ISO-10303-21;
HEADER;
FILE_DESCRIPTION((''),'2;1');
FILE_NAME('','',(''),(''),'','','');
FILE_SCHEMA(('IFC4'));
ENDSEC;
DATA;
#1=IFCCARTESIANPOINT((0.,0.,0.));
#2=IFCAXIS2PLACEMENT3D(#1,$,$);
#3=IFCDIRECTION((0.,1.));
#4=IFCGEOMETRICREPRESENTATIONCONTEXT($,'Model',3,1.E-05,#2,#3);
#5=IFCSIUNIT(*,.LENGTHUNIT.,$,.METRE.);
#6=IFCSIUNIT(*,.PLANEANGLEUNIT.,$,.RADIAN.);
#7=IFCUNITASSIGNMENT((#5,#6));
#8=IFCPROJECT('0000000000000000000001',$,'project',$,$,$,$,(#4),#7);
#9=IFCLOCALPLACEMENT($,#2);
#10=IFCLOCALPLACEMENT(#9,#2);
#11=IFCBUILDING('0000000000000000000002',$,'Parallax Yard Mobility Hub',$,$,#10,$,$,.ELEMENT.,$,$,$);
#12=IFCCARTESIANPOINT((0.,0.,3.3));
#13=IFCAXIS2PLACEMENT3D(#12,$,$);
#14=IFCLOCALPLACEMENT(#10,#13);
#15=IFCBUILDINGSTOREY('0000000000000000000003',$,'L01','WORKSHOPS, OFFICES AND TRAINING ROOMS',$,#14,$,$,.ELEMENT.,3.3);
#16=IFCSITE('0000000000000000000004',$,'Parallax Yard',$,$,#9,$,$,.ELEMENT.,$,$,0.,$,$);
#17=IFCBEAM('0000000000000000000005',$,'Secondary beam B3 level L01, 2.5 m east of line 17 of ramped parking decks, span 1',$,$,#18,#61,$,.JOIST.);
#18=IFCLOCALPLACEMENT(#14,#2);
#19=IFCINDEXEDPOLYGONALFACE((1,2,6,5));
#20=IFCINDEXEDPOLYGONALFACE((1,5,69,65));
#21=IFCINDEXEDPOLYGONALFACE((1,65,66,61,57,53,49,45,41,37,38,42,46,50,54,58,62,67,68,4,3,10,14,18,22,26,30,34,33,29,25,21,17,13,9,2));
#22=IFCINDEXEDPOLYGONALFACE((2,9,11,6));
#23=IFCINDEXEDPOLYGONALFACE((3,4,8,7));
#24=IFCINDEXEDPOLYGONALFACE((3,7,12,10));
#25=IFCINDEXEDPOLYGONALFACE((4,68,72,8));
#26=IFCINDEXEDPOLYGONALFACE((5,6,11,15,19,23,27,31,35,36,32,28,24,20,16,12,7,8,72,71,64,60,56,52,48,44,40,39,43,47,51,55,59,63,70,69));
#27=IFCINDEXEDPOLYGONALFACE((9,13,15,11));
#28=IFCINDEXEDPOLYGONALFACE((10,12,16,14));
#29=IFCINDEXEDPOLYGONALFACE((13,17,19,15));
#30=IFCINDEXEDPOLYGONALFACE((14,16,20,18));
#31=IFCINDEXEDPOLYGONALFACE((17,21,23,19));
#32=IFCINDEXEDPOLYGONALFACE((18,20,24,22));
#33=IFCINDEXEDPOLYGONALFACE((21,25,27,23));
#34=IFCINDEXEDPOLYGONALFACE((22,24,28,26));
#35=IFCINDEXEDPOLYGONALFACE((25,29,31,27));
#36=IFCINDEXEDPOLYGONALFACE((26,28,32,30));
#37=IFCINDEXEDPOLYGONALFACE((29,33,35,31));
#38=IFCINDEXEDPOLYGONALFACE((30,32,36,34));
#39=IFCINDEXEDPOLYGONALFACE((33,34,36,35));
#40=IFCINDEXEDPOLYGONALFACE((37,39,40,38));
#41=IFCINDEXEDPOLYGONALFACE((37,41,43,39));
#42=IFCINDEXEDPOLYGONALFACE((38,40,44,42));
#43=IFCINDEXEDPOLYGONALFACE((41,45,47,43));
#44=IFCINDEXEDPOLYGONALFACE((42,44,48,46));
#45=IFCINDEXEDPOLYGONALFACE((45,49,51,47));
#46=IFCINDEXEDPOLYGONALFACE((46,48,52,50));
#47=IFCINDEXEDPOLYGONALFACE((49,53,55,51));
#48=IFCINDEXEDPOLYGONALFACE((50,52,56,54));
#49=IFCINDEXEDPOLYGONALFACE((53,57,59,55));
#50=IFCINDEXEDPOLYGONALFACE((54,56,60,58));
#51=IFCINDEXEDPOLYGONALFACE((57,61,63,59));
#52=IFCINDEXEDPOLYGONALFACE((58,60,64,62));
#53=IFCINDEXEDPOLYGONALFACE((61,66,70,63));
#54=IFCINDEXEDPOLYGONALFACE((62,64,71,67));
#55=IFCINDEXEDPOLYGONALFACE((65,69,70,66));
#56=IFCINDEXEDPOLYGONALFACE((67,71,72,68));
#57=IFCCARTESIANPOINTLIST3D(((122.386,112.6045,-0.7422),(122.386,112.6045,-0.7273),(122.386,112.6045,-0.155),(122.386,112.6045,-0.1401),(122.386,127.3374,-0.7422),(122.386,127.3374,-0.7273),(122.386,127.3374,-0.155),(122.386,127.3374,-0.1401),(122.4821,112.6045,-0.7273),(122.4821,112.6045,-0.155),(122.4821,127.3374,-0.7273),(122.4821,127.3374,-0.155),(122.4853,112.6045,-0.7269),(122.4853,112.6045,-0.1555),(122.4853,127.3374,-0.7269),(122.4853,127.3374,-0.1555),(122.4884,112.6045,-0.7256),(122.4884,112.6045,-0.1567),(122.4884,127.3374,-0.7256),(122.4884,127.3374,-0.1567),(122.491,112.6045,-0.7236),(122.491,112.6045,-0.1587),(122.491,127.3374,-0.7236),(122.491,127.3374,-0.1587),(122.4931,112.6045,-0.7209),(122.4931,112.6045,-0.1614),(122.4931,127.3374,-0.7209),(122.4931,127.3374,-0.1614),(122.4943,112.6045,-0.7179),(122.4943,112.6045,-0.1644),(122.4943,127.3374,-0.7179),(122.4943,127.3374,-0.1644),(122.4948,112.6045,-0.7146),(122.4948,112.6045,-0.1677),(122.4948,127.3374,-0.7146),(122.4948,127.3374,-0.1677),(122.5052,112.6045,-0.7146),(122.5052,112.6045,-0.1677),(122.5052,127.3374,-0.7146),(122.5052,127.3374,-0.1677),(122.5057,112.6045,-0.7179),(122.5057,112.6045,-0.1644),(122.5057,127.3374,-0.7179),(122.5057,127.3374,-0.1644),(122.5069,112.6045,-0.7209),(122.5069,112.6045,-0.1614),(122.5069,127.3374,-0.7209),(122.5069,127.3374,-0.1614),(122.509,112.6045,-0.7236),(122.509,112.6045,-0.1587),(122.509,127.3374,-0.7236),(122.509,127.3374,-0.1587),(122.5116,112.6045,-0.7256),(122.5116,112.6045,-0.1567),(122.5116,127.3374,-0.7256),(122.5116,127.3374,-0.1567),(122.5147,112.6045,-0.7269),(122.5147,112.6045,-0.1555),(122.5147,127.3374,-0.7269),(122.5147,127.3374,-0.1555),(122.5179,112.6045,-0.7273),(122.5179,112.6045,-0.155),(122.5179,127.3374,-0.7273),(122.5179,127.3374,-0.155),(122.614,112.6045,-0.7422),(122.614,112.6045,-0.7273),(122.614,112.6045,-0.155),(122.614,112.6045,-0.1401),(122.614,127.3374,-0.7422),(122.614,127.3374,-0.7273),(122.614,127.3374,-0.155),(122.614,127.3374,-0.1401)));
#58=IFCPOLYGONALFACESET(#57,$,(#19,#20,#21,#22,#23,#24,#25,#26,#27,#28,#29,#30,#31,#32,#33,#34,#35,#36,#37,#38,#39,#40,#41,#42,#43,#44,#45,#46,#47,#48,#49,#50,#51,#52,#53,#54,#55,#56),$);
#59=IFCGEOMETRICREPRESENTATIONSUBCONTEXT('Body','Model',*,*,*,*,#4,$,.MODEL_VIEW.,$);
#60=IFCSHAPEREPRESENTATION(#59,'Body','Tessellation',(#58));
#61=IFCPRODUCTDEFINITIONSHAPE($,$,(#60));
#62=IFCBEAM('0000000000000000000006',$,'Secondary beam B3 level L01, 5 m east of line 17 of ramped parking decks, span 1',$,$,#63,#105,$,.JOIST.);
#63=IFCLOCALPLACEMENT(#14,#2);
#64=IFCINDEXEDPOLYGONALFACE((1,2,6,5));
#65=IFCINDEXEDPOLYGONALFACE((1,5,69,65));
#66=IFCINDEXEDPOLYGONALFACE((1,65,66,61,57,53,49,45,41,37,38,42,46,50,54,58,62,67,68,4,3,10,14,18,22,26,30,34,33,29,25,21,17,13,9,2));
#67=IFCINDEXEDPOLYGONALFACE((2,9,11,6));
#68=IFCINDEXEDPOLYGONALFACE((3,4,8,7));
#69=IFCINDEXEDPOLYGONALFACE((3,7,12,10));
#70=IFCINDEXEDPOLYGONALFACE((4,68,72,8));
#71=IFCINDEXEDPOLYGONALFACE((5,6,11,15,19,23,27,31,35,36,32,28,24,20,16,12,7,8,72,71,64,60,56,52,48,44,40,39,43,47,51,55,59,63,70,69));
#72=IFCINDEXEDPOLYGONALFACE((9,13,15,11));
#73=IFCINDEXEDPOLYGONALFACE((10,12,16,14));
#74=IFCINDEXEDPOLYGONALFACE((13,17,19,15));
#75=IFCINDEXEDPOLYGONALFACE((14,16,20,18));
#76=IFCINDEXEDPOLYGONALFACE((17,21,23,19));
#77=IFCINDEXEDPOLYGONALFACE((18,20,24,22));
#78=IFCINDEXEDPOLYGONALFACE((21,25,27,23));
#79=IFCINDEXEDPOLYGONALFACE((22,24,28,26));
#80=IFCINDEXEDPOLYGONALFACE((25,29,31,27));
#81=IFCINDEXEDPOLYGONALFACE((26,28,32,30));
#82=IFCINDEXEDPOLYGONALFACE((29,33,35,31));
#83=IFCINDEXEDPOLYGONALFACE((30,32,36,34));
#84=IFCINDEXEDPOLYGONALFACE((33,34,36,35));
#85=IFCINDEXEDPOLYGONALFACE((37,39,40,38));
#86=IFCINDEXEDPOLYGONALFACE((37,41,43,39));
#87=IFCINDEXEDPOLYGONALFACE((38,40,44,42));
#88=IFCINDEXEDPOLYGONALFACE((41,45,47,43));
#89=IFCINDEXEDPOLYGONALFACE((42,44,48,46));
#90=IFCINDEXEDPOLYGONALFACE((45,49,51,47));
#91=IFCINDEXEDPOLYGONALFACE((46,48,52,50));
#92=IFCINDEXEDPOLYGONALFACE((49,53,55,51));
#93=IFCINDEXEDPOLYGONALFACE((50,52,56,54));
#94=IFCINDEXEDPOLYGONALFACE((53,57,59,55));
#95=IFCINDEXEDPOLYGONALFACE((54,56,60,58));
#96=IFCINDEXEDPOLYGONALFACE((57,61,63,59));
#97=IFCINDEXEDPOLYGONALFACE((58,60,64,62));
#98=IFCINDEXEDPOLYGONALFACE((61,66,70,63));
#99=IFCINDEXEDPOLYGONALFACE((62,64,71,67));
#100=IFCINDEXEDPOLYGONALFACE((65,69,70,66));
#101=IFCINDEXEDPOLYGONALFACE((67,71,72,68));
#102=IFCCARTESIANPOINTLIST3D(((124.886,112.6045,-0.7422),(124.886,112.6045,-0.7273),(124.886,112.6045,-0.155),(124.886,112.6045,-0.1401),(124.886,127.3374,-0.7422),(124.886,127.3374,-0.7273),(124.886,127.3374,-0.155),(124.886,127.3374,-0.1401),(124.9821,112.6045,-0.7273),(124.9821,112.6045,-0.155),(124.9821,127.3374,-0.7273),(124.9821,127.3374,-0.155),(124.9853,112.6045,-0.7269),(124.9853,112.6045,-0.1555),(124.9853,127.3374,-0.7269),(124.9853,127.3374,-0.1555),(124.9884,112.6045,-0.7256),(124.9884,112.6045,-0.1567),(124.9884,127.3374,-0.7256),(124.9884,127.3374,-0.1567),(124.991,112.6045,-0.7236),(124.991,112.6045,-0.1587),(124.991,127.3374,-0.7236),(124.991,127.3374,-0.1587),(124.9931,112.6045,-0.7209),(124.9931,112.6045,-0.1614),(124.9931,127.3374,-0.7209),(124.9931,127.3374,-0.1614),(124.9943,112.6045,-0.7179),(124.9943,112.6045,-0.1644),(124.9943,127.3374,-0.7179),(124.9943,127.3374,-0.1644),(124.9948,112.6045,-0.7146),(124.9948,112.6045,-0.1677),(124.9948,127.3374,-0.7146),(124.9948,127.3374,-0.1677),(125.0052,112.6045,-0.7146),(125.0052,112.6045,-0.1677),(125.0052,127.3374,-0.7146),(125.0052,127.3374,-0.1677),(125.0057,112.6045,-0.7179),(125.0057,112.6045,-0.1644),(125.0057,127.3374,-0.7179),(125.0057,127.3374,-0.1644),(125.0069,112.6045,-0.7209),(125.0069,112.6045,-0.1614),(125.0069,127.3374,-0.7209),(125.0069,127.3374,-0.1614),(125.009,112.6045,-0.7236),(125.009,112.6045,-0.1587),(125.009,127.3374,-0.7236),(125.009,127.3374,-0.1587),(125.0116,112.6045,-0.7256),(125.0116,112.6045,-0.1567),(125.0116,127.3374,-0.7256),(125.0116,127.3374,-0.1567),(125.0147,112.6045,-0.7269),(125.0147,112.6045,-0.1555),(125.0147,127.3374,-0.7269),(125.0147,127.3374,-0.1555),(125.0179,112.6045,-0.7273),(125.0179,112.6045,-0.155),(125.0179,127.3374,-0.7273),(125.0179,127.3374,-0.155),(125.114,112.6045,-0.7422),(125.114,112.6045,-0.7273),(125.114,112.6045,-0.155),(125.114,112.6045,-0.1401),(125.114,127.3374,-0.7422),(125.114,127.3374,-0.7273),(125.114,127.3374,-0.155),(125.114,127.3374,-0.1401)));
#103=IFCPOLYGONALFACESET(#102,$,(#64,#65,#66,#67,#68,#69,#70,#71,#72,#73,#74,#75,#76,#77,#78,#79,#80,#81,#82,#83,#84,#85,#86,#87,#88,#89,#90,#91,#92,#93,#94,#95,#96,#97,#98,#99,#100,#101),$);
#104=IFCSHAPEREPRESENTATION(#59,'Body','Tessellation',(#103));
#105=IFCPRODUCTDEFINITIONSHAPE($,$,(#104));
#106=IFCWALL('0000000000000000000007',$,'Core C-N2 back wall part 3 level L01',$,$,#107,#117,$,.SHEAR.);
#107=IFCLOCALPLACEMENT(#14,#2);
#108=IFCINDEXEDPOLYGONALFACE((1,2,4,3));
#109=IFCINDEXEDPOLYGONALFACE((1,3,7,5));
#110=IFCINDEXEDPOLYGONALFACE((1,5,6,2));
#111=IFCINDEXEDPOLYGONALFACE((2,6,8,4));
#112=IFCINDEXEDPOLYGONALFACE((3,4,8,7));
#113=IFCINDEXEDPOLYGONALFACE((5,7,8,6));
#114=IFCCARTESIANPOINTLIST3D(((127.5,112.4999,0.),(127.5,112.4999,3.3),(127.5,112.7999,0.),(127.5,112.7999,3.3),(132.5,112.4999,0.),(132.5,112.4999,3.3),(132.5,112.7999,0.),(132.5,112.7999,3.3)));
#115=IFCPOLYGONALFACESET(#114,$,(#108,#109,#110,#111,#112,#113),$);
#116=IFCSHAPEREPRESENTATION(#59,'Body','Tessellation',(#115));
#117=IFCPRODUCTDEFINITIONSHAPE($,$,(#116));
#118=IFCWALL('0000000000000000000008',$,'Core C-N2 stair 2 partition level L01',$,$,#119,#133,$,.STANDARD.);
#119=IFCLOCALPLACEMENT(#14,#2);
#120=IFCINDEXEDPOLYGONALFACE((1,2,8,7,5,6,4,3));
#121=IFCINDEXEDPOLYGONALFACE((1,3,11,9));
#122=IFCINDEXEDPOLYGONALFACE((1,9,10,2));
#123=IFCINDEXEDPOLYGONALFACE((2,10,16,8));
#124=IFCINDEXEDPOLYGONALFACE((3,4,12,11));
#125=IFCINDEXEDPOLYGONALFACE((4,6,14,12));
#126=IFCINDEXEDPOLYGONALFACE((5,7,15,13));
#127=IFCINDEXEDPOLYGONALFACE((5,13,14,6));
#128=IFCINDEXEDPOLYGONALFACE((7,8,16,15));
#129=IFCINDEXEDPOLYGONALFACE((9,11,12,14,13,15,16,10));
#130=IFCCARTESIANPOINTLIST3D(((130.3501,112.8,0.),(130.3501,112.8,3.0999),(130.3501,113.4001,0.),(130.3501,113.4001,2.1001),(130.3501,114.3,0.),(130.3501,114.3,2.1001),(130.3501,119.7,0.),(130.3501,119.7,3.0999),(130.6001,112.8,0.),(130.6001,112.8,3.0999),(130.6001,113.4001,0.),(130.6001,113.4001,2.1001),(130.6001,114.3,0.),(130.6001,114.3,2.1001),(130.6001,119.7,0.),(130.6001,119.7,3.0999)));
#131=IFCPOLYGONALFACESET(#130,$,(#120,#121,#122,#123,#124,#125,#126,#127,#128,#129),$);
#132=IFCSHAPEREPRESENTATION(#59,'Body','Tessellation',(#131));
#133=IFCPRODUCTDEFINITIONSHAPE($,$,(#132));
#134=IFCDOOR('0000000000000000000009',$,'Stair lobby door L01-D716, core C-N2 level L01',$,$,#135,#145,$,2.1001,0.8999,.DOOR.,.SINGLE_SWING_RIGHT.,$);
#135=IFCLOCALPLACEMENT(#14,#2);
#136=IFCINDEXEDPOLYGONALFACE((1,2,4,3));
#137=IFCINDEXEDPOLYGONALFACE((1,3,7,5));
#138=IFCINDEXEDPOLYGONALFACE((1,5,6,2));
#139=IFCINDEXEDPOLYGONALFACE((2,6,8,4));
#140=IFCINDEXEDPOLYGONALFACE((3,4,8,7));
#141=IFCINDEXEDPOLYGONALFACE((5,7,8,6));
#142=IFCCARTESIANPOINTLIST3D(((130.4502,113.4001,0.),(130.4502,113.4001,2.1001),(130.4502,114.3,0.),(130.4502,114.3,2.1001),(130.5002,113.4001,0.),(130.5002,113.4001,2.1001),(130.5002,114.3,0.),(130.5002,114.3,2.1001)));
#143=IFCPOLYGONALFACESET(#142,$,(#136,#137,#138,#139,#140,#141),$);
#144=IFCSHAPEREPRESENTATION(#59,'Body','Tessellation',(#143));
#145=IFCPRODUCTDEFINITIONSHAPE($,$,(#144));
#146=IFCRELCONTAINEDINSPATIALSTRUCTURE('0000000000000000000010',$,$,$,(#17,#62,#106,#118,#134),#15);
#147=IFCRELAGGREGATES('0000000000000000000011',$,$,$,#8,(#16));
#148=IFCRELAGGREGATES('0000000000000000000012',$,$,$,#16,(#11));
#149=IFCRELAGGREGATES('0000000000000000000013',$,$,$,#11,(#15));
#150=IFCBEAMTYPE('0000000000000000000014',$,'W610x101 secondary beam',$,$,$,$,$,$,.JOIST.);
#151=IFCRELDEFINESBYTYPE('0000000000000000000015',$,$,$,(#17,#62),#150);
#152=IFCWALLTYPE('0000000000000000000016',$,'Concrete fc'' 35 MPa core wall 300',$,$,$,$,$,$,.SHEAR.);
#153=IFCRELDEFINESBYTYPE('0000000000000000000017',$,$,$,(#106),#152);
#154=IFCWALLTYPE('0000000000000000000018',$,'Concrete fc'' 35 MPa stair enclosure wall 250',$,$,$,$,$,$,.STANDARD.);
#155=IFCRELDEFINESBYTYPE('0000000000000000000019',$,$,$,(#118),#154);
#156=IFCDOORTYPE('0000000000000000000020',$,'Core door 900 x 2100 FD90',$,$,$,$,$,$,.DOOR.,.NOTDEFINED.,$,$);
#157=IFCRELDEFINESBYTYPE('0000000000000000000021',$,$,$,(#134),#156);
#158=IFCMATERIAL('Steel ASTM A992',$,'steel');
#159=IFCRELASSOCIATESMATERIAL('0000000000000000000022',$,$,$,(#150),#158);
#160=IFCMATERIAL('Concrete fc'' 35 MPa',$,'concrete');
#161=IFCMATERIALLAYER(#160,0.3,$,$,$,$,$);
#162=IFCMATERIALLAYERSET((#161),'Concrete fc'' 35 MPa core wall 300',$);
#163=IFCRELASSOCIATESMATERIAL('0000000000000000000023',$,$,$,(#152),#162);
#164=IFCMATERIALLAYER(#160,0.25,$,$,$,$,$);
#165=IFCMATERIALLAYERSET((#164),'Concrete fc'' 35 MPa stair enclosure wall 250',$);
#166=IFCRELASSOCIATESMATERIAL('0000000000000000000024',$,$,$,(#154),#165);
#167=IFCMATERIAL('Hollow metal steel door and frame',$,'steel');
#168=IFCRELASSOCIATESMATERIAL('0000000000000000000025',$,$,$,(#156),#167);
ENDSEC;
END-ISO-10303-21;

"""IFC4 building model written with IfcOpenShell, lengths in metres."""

from ifc_helpers import new_model, si_unit, direction, frame, frame_2d, origin, origin_2d, place, context, subcontext, project, spatial, rectangle, i_section, extrude, material, layer, layer_set, material_profile, profile_set, type_object, element, fill, save


model = new_model("IFC4")

# Units and contexts
model_context = context("Model", 3, precision=1e-05, world=origin(), true_north=direction((0.0, 1.0)))
body_context = subcontext(model_context, "Body", "Model", "MODEL_VIEW")
ifc_project = project(units=[si_unit("LENGTHUNIT", "METRE"), si_unit("PLANEANGLEUNIT", "RADIAN")], contexts=[model_context])

# Site, building, storey
site_placement = place(None, origin())
site = spatial("IfcSite", under=ifc_project, at=site_placement, Name="Parallax Yard", CompositionType="ELEMENT", RefElevation=0.0)
building_placement = place(site_placement, origin())
building = spatial("IfcBuilding", under=site, at=building_placement, Name="Parallax Yard Mobility Hub", CompositionType="ELEMENT")
storey_placement = place(building_placement, frame((0.0, 0.0, 3.3)))
storey = spatial("IfcBuildingStorey", under=building, at=storey_placement, Name="L01", Description="WORKSHOPS, OFFICES AND TRAINING ROOMS", CompositionType="ELEMENT", Elevation=3.3)

# Beams
ifc_material_1 = material(Name="Steel ASTM A992", Category="steel")
ifc_material_profile_1 = material_profile(ifc_material_1, i_section(OverallWidth=0.228, OverallDepth=0.6021, WebThickness=0.0105, FlangeThickness=0.0149, FilletRadius=0.0127, at=origin_2d()), Name="W610x101")
ifc_profile_set_1 = profile_set([ifc_material_profile_1], Name="Steel ASTM A992")
beam_type = type_object("IfcBeamType", Name="W610x101 secondary beam", PredefinedType="JOIST", material=ifc_profile_set_1)
for number, where, z_axis, x_axis, name in (
    (1, (122.5, 112.6045, -0.4412), (0.0, 1.0, 0.0), (-1.0, 0.0, 0.0), "Secondary beam B3 level L01, 2.5 m east of line 17 of ramped parking decks, span 1"),
    (2, (125.0, 112.6045, -0.4412), (0.0, 1.0, 0.0), (-1.0, 0.0, 0.0), "Secondary beam B3 level L01, 5 m east of line 17 of ramped parking decks, span 1"),
):
    element("IfcBeam", number, at=place(storey_placement, frame(where, z_axis=z_axis, x_axis=x_axis)), inside=storey, type_object=beam_type, Name=name, PredefinedType="JOIST", context=body_context, shape_type="SweptSolid", body=[
        extrude(i_section(OverallWidth=0.228, OverallDepth=0.6021, WebThickness=0.0105, FlangeThickness=0.0149, FilletRadius=0.0127, at=origin_2d()), origin(), (0.0, 0.0, 1.0), 14.7329),
    ])

# Wall
ifc_material_2 = material(Name="Concrete fc' 35 MPa", Category="concrete")
ifc_layer_1 = layer(ifc_material_2, 0.3)
ifc_layer_set_1 = layer_set([ifc_layer_1], Name="Concrete fc' 35 MPa core wall 300")
wall_type_1 = type_object("IfcWallType", Name="Concrete fc' 35 MPa core wall 300", PredefinedType="SHEAR", material=ifc_layer_set_1)
wall_1_placement = place(storey_placement, frame((132.5, 112.6499, 0.0), z_axis=(0.0, 0.0, 1.0), x_axis=(-1.0, 0.0, 0.0)))
element("IfcWall", 3, at=wall_1_placement, inside=storey, type_object=wall_type_1, Name="Core C-N2 back wall part 3 level L01", PredefinedType="SHEAR", context=body_context, shape_type="SweptSolid", body=[
    extrude(rectangle(XDim=5.0, YDim=0.3, at=frame_2d((2.5, 0.0))), origin(), (0.0, 0.0, 1.0), 3.3),
])

# Wall, opening, door
ifc_layer_2 = layer(ifc_material_2, 0.25)
ifc_layer_set_2 = layer_set([ifc_layer_2], Name="Concrete fc' 35 MPa stair enclosure wall 250")
wall_type_2 = type_object("IfcWallType", Name="Concrete fc' 35 MPa stair enclosure wall 250", PredefinedType="STANDARD", material=ifc_layer_set_2)
wall_2_placement = place(storey_placement, frame((130.4751, 112.8, 0.0), z_axis=(0.0, 0.0, 1.0), x_axis=(0.0, 1.0, 0.0)))
wall_2 = element("IfcWall", 4, at=wall_2_placement, inside=storey, type_object=wall_type_2, Name="Core C-N2 stair 2 partition level L01", PredefinedType="STANDARD", context=body_context, shape_type="SweptSolid", body=[
    extrude(rectangle(XDim=6.8999, YDim=0.25, at=frame_2d((3.45, 0.0))), origin(), (0.0, 0.0, 1.0), 3.0999),
])
opening_placement = place(wall_2_placement, frame((0.6001, 0.0, 0.0)))
opening = element("IfcOpeningElement", 5, at=opening_placement, cuts=wall_2, PredefinedType="OPENING", context=body_context, shape_type="SweptSolid", body=[
    extrude(rectangle(XDim=0.8999, YDim=2.1001, at=frame_2d((0.45, 1.05))), frame((0.0, 0.135, 0.0), z_axis=(0.0, -1.0, 0.0), x_axis=(1.0, 0.0, 0.0)), (0.0, 0.0, 1.0), 0.27),
])
ifc_material_3 = material(Name="Hollow metal steel door and frame", Category="steel")
door_type = type_object("IfcDoorType", Name="Core door 900 x 2100 FD90", OperationType="NOTDEFINED", PredefinedType="DOOR", material=ifc_material_3)
door_placement = place(opening_placement, origin())
door = element("IfcDoor", 6, at=door_placement, inside=storey, type_object=door_type, Name="Stair lobby door L01-D716, core C-N2 level L01", OperationType="SINGLE_SWING_RIGHT", OverallHeight=2.1001, OverallWidth=0.8999, PredefinedType="DOOR", context=body_context, shape_type="SweptSolid", body=[
    extrude(rectangle(XDim=0.8999, YDim=2.1001, at=frame_2d((0.45, 1.05))), frame((0.0, 0.0249, 0.0), z_axis=(0.0, -1.0, 0.0), x_axis=(1.0, 0.0, 0.0)), (0.0, 0.0, 1.0), 0.05),
])
fill(opening, door)

save(model, "model.ifc")
